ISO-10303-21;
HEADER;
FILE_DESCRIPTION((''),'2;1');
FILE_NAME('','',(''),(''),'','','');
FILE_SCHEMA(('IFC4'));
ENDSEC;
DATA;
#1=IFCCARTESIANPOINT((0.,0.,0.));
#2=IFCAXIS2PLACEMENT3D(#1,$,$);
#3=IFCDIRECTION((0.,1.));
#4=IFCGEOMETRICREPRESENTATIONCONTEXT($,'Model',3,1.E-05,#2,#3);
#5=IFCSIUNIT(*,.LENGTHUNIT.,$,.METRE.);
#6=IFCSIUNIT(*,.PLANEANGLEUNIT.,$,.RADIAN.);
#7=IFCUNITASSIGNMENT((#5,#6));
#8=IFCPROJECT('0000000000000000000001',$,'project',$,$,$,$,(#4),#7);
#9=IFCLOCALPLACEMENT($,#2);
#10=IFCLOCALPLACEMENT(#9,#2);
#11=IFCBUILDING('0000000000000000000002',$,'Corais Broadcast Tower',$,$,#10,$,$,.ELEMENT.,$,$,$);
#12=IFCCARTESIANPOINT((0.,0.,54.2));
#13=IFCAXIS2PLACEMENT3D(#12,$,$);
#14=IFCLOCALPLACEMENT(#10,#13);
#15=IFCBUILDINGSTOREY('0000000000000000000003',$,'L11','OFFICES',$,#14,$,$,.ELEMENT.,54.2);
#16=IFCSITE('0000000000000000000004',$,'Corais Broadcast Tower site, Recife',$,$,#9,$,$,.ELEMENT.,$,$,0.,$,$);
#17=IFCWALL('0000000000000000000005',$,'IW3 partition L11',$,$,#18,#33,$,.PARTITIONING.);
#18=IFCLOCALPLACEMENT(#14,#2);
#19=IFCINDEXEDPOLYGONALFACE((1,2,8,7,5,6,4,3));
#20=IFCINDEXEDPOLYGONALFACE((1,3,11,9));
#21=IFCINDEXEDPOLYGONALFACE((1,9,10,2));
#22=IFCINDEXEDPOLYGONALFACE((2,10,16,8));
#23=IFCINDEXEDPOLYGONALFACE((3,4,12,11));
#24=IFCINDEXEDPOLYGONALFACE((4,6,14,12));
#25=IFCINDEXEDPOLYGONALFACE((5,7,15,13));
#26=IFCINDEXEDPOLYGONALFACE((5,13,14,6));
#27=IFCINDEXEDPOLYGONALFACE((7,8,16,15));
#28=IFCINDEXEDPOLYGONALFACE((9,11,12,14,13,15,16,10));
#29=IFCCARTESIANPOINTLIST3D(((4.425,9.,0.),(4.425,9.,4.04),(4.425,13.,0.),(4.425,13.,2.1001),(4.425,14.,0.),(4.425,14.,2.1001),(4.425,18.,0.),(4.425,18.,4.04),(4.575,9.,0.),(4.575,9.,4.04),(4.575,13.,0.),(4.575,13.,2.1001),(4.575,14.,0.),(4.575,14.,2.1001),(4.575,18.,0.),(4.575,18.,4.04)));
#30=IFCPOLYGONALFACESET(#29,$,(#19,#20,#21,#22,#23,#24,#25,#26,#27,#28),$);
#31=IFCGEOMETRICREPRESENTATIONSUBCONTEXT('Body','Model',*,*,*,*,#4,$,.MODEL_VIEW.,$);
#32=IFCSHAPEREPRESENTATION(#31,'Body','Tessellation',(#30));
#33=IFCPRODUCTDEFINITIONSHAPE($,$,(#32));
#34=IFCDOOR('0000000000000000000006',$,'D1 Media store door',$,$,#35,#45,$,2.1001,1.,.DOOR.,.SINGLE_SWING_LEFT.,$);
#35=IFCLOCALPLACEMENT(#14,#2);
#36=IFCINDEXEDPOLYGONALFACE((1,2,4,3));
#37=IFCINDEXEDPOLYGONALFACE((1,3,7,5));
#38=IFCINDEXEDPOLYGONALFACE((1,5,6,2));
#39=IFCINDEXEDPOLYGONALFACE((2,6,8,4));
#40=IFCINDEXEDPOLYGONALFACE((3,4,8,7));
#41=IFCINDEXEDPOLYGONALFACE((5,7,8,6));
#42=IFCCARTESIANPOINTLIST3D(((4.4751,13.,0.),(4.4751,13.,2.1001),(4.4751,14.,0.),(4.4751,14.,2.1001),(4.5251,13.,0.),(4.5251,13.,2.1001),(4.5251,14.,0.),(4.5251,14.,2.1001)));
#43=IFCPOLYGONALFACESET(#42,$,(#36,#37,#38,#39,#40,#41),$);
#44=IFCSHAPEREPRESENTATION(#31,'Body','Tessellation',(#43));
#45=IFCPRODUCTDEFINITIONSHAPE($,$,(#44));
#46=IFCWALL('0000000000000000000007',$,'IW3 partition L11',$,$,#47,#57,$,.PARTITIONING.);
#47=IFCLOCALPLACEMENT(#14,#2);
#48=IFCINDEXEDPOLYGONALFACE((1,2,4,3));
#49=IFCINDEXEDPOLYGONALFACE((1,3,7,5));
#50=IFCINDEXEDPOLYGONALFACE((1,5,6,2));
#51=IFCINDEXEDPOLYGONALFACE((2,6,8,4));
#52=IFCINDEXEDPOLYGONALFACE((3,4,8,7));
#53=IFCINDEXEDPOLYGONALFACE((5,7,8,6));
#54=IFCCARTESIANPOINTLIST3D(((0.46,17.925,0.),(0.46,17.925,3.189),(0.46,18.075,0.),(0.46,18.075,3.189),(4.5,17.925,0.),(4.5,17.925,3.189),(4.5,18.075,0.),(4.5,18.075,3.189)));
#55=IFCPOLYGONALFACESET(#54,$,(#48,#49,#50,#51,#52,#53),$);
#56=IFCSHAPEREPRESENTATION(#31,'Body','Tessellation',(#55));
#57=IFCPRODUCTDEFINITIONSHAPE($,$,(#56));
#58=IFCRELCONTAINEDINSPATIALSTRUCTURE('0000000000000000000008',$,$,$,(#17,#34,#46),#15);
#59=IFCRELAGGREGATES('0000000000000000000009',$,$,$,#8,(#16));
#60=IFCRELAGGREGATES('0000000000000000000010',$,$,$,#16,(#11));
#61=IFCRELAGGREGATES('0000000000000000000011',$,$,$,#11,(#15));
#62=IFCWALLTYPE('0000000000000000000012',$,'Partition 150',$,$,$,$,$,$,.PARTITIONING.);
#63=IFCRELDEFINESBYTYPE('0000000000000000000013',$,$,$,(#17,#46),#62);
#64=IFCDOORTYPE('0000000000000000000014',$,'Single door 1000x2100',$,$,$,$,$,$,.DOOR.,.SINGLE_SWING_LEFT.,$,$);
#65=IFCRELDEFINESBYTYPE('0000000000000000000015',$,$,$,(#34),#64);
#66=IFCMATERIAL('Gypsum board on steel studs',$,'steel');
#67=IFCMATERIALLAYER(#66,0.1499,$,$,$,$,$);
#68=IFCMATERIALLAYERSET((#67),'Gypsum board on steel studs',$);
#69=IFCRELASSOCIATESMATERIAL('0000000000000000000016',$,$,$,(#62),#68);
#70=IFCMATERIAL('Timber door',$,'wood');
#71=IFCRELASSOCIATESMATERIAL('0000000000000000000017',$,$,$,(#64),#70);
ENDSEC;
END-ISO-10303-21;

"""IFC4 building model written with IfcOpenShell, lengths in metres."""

from ifc_helpers import new_model, si_unit, direction, frame, frame_2d, origin, place, context, subcontext, project, spatial, rectangle, extrude, material, layer, layer_set, type_object, element, fill, save


model = new_model("IFC4")

# Units and contexts
model_context = context("Model", 3, precision=1e-05, world=origin(), true_north=direction((0.0, 1.0)))
body_context = subcontext(model_context, "Body", "Model", "MODEL_VIEW")
ifc_project = project(units=[si_unit("LENGTHUNIT", "METRE"), si_unit("PLANEANGLEUNIT", "RADIAN")], contexts=[model_context])

# Site, building, storey
site_placement = place(None, origin())
site = spatial("IfcSite", under=ifc_project, at=site_placement, Name="Corais Broadcast Tower site, Recife", CompositionType="ELEMENT", RefElevation=0.0)
building_placement = place(site_placement, origin())
building = spatial("IfcBuilding", under=site, at=building_placement, Name="Corais Broadcast Tower", CompositionType="ELEMENT")
storey_placement = place(building_placement, frame((0.0, 0.0, 54.2)))
storey = spatial("IfcBuildingStorey", under=building, at=storey_placement, Name="L11", Description="OFFICES", CompositionType="ELEMENT", Elevation=54.2)

# Shared definitions
ifc_material_1 = material(Name="Gypsum board on steel studs", Category="steel")
ifc_layer_1 = layer(ifc_material_1, 0.1499)
ifc_layer_set_1 = layer_set([ifc_layer_1], Name="Gypsum board on steel studs")
wall_type = type_object("IfcWallType", Name="Partition 150", PredefinedType="PARTITIONING", material=ifc_layer_set_1)

# Wall, opening, door
wall_1_placement = place(storey_placement, frame((4.5, 9.0, 0.0), z_axis=(0.0, 0.0, 1.0), x_axis=(0.0, 1.0, 0.0)))
wall_1 = element("IfcWall", 1, at=wall_1_placement, inside=storey, type_object=wall_type, Name="IW3 partition L11", PredefinedType="PARTITIONING", context=body_context, shape_type="SweptSolid", body=[
    extrude(rectangle(XDim=9.0, YDim=0.1499, at=frame_2d((4.5, 0.0))), origin(), (0.0, 0.0, 1.0), 4.04),
])
opening_placement = place(wall_1_placement, frame((4.0, 0.0, 0.0)))
opening = element("IfcOpeningElement", 2, at=opening_placement, cuts=wall_1, PredefinedType="OPENING", context=body_context, shape_type="SweptSolid", body=[
    extrude(rectangle(XDim=1.0, YDim=2.1001, at=frame_2d((0.5, 1.05))), frame((0.0, 0.085, 0.0), z_axis=(0.0, -1.0, 0.0), x_axis=(1.0, 0.0, 0.0)), (0.0, 0.0, 1.0), 0.1699),
])
ifc_material_2 = material(Name="Timber door", Category="wood")
door_type = type_object("IfcDoorType", Name="Single door 1000x2100", OperationType="SINGLE_SWING_LEFT", PredefinedType="DOOR", material=ifc_material_2)
door_placement = place(opening_placement, origin())
door = element("IfcDoor", 3, at=door_placement, inside=storey, type_object=door_type, Name="D1 Media store door", OperationType="SINGLE_SWING_LEFT", OverallHeight=2.1001, OverallWidth=1.0, PredefinedType="DOOR", context=body_context, shape_type="SweptSolid", body=[
    extrude(rectangle(XDim=1.0, YDim=2.1001, at=frame_2d((0.5, 1.05))), frame((0.0, 0.0249, 0.0), z_axis=(0.0, -1.0, 0.0), x_axis=(1.0, 0.0, 0.0)), (0.0, 0.0, 1.0), 0.05),
])
fill(opening, door)

# Wall
wall_2_placement = place(storey_placement, frame((4.5, 18.0, 0.0), z_axis=(0.0, 0.0, 1.0), x_axis=(-1.0, 0.0, 0.0)))
element("IfcWall", 4, at=wall_2_placement, inside=storey, type_object=wall_type, Name="IW3 partition L11", PredefinedType="PARTITIONING", context=body_context, shape_type="SweptSolid", body=[
    extrude(rectangle(XDim=4.04, YDim=0.1499, at=frame_2d((2.02, 0.0))), origin(), (0.0, 0.0, 1.0), 3.189),
])

save(model, "model.ifc")
